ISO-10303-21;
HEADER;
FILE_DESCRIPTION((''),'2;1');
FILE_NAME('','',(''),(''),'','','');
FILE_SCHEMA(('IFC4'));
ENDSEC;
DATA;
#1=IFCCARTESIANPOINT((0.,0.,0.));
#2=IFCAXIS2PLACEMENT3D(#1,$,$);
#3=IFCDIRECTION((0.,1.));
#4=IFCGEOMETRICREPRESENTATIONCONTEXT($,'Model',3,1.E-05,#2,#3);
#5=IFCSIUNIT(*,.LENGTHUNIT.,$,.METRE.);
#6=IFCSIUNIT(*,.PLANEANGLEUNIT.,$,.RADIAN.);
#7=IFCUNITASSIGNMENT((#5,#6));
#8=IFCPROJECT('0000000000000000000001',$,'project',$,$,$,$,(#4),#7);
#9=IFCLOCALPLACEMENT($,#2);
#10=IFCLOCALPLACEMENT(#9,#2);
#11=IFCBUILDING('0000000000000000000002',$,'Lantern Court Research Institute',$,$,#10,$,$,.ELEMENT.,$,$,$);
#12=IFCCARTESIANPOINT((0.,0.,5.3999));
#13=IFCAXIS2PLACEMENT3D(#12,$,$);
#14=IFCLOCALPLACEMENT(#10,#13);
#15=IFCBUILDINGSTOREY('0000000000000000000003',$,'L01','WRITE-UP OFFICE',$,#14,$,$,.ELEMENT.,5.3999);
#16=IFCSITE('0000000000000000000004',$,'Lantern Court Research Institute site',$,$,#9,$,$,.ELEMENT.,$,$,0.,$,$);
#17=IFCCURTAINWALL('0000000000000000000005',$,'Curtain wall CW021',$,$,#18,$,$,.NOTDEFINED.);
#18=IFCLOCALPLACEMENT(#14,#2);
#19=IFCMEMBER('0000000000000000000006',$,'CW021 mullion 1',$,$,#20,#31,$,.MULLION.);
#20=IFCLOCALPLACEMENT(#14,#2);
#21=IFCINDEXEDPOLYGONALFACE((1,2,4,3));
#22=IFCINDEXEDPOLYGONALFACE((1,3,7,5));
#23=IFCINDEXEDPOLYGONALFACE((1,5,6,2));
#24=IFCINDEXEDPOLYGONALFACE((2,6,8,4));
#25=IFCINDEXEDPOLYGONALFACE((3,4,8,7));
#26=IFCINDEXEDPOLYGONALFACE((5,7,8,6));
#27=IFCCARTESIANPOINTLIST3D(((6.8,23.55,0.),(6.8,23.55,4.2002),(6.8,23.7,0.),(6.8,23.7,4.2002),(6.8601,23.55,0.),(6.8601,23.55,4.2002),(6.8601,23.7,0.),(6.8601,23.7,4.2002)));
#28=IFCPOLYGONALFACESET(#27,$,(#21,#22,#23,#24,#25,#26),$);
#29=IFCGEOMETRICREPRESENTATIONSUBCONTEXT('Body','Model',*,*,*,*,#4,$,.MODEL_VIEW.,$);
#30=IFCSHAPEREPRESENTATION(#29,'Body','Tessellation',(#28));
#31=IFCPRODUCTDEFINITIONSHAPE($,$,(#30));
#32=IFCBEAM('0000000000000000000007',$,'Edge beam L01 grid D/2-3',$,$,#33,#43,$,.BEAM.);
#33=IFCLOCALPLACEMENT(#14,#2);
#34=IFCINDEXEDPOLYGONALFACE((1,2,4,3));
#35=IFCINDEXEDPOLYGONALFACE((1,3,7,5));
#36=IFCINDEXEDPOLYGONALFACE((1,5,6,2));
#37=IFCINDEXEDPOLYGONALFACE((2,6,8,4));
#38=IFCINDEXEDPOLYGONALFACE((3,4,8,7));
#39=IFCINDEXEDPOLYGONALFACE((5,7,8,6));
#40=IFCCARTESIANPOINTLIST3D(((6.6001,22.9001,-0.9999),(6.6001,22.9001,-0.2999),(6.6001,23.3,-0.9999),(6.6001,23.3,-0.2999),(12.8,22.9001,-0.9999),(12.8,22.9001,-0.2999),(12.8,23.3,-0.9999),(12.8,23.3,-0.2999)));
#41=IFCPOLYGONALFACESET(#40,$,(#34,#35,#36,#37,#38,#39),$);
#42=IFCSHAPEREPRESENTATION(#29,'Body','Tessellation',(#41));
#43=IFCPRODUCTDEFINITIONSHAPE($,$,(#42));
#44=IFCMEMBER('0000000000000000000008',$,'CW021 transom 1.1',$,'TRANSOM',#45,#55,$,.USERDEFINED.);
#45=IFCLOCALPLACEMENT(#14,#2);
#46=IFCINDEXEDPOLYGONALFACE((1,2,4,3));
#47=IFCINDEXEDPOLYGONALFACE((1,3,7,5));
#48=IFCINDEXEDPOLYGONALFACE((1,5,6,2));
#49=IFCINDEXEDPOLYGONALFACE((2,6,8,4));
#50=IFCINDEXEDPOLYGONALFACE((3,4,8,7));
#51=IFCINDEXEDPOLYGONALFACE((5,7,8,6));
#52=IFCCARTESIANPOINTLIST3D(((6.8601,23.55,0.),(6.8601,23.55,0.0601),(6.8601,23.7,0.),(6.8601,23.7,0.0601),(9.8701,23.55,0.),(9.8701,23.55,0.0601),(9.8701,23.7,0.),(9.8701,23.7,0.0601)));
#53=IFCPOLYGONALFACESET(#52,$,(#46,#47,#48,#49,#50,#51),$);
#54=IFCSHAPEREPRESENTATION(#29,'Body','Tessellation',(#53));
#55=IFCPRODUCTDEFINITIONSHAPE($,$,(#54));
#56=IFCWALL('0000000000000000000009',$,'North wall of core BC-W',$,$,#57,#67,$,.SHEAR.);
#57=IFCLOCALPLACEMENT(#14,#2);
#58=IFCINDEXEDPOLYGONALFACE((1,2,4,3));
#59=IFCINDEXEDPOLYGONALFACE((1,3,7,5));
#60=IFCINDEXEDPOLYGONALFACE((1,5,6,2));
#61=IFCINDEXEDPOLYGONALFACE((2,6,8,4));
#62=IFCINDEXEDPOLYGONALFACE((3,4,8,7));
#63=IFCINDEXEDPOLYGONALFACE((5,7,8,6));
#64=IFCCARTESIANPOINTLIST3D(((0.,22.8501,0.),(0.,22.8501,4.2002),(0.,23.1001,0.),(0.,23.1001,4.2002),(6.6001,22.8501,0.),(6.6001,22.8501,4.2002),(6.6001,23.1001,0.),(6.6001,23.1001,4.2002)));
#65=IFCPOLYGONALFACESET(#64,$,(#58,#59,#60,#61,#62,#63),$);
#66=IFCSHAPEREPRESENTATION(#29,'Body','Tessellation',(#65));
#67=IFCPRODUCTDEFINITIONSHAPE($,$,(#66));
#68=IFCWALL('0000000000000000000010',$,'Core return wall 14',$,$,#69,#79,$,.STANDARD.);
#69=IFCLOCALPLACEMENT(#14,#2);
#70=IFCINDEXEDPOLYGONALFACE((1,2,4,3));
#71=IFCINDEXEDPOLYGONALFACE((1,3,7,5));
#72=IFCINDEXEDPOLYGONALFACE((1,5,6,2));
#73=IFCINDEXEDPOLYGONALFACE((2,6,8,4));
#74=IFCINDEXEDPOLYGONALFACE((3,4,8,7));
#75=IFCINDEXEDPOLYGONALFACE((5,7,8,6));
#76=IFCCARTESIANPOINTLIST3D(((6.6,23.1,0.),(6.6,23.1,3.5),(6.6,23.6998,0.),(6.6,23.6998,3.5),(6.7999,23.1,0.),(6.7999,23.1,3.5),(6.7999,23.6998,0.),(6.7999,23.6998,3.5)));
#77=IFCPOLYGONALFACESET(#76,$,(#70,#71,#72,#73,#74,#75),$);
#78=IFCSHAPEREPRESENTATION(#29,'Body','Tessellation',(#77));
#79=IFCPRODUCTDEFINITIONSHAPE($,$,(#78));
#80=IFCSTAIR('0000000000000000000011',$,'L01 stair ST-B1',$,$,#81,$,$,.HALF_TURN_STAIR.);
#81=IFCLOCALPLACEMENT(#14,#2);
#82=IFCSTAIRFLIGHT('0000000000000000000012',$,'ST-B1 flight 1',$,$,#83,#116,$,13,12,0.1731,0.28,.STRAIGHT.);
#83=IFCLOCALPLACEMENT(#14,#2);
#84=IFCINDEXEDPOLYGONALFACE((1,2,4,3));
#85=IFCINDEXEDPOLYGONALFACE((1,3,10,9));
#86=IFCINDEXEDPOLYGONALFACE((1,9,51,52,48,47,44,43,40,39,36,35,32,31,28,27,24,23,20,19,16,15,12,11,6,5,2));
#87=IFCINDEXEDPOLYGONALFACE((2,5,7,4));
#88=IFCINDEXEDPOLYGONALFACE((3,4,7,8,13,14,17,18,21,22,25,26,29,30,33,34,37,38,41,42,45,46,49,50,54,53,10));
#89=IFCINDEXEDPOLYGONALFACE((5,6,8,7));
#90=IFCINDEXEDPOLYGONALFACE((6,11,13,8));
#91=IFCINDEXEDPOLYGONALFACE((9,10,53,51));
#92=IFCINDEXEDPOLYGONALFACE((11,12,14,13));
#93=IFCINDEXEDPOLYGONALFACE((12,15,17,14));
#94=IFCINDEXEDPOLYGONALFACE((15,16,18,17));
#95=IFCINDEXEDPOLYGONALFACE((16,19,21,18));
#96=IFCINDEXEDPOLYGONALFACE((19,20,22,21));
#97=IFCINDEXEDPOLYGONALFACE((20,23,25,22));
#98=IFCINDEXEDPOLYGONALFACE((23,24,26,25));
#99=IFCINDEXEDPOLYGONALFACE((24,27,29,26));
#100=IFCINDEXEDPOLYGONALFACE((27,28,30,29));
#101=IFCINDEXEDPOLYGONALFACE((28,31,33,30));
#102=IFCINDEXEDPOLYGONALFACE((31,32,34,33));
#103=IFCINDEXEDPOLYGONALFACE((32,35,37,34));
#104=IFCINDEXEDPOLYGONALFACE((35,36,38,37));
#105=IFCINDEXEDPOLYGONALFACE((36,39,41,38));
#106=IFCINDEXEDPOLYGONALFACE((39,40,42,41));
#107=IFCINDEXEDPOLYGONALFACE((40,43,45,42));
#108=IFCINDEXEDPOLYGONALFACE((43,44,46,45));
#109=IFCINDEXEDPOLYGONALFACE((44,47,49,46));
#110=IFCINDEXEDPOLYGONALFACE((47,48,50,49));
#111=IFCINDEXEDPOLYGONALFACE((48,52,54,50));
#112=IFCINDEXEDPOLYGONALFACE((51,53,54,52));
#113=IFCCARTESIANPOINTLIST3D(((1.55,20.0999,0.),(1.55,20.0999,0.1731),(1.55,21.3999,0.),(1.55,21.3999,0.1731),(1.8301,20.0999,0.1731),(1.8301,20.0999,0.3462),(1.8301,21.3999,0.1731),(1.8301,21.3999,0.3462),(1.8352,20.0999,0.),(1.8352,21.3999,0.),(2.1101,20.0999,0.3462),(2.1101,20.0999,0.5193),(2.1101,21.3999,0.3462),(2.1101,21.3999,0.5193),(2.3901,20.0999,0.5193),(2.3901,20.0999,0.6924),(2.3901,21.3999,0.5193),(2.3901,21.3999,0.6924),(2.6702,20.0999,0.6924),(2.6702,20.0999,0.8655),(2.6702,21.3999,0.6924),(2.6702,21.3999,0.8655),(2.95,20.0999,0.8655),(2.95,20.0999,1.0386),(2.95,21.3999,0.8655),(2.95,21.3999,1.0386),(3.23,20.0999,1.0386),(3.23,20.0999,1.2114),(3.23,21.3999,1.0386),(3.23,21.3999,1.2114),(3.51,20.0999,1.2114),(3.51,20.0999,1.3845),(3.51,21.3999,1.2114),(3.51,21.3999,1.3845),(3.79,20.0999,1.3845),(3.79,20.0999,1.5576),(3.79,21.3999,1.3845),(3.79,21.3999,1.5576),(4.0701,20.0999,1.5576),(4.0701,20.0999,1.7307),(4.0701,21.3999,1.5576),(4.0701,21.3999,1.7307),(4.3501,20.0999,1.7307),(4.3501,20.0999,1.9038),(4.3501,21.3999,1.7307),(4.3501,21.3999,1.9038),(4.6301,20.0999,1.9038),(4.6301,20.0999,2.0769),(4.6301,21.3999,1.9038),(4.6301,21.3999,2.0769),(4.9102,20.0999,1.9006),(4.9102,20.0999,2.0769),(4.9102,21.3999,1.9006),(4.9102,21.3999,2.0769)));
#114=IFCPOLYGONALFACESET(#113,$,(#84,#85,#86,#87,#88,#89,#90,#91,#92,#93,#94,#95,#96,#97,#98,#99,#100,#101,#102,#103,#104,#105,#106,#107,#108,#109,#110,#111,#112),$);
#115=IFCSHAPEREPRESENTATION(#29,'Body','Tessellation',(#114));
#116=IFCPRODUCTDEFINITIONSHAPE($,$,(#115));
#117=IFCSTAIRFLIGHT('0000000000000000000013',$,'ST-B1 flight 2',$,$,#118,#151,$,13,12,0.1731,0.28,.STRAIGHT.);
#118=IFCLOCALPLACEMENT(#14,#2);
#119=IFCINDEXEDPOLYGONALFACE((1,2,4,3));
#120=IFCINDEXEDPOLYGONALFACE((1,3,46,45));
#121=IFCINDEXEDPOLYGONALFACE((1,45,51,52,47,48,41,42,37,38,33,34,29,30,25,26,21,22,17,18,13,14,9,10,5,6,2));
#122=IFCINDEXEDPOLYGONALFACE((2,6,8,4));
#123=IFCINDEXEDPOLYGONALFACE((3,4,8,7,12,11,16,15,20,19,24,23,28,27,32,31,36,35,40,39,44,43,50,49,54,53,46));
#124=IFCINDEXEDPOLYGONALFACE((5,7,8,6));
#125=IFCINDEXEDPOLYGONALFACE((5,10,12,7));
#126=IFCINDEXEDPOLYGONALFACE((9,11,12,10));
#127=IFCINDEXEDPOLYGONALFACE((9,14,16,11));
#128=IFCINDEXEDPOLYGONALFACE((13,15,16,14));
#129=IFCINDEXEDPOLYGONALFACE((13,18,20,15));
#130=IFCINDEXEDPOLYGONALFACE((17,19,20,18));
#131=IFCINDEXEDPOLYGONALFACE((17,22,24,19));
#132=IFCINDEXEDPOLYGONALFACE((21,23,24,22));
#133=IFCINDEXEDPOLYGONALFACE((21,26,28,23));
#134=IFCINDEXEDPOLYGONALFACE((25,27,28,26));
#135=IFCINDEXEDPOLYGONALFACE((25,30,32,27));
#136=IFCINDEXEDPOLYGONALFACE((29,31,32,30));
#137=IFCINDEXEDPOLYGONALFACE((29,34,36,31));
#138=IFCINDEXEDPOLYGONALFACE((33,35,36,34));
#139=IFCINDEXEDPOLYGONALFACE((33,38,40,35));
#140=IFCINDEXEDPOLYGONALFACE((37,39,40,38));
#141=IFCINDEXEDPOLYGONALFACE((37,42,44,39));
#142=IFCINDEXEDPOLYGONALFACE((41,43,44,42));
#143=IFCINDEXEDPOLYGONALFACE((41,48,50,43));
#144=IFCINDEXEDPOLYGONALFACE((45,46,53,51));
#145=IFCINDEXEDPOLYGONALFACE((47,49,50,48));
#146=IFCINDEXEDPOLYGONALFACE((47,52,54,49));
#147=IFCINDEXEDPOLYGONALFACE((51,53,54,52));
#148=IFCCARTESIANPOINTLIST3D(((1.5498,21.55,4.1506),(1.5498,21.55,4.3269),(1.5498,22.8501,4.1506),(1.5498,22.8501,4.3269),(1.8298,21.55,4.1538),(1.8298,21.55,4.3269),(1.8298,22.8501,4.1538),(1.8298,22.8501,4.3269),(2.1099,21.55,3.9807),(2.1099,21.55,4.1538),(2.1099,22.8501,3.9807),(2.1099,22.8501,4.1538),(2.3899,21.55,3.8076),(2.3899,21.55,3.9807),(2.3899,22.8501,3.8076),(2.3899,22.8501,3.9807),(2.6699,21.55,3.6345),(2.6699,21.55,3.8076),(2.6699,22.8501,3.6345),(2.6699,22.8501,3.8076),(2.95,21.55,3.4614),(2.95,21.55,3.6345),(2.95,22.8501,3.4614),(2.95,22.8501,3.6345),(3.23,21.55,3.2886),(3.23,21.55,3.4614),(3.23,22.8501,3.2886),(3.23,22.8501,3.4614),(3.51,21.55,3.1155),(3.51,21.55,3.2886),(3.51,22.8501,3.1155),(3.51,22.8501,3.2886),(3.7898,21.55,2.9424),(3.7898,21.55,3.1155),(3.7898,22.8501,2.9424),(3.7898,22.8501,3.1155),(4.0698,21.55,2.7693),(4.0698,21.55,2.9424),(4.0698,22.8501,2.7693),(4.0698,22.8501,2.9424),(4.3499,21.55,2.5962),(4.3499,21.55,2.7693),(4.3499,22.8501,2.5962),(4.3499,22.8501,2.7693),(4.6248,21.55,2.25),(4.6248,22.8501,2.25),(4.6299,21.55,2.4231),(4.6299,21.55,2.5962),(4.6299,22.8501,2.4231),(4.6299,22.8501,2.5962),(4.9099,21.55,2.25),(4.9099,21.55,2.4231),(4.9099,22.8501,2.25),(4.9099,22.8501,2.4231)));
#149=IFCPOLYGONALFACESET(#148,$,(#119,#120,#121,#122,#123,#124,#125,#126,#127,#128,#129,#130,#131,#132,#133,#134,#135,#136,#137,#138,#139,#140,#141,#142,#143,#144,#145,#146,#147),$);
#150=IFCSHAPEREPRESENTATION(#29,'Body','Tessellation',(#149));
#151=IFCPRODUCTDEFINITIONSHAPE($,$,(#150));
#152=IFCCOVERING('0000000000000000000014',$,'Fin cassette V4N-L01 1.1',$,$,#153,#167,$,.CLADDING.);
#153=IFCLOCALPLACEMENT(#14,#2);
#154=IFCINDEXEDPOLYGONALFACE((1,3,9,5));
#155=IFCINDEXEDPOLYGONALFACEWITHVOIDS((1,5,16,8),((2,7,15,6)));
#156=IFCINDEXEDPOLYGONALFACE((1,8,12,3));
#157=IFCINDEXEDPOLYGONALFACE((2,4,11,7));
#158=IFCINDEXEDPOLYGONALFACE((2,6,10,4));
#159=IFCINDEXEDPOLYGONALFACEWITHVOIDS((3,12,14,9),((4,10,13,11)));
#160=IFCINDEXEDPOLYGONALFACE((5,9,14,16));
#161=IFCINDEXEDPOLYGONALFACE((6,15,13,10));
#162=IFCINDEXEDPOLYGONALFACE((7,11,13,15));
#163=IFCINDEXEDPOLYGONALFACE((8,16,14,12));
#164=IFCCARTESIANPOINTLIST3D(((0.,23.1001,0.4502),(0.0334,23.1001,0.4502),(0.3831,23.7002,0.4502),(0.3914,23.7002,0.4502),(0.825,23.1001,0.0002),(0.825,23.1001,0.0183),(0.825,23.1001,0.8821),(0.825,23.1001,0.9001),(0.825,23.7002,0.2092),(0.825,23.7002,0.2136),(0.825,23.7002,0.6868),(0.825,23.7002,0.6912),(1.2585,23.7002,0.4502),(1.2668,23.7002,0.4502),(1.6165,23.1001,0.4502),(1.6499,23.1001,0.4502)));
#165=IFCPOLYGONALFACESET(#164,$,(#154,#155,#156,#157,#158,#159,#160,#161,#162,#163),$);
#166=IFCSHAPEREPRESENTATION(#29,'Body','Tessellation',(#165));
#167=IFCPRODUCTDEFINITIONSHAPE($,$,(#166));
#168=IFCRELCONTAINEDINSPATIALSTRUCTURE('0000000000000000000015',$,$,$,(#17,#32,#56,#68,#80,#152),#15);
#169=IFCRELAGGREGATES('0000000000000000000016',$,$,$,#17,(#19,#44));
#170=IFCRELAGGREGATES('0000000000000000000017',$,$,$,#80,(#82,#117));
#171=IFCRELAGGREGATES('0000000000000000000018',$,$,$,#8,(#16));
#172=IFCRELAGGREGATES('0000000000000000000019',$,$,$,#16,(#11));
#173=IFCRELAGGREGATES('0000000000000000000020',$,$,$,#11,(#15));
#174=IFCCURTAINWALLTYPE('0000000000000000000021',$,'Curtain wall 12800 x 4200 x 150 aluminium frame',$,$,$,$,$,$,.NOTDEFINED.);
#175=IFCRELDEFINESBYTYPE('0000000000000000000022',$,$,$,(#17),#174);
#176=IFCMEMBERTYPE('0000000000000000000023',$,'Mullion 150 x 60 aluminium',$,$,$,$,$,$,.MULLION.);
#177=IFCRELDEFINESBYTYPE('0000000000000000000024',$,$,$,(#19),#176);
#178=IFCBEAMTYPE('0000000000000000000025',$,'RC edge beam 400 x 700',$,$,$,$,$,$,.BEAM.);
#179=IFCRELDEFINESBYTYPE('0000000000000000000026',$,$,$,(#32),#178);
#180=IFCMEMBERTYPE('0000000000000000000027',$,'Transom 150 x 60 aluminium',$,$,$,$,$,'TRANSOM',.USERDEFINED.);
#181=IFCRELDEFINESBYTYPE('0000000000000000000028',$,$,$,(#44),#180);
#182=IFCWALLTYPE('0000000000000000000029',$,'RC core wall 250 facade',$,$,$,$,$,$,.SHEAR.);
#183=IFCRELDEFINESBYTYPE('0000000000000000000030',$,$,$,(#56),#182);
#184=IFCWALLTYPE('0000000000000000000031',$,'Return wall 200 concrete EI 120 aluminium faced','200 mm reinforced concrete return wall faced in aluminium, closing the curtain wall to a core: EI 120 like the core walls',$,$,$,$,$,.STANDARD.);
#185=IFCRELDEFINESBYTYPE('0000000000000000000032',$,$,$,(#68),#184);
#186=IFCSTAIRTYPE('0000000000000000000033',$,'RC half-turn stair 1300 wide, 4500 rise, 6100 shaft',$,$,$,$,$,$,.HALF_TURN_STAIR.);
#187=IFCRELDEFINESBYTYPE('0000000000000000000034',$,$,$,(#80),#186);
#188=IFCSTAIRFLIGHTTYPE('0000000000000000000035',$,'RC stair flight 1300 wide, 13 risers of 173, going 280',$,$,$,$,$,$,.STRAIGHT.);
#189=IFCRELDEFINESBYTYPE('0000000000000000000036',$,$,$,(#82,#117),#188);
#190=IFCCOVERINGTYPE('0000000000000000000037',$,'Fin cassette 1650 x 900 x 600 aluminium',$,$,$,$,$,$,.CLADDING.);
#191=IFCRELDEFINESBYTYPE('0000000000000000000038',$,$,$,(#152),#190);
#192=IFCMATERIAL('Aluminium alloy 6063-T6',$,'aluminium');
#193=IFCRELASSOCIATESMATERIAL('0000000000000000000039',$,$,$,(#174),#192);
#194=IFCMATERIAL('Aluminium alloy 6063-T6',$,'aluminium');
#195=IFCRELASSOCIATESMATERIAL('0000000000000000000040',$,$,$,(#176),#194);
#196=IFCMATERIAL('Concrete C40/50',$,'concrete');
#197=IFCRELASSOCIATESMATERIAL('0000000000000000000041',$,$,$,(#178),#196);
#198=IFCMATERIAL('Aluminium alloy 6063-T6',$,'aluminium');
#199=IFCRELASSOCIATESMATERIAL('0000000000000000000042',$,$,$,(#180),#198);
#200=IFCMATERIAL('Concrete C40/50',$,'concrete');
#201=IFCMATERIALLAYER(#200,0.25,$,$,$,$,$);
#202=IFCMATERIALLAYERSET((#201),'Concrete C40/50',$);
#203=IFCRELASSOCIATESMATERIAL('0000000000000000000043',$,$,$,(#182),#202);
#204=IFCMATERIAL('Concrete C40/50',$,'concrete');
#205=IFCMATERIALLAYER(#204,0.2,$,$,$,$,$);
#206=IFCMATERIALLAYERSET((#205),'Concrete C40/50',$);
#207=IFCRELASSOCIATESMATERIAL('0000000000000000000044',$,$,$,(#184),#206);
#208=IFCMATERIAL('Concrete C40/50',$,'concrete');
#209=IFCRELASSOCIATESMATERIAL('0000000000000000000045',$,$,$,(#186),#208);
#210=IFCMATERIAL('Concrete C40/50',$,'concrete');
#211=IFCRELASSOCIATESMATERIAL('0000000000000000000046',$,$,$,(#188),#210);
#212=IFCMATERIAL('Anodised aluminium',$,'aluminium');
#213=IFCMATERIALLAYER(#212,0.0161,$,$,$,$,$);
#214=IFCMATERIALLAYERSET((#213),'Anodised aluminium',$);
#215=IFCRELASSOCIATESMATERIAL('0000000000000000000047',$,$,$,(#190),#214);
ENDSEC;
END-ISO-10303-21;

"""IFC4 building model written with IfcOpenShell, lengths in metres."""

from ifc_helpers import new_model, entity, si_unit, direction, frame, frame_2d, origin, origin_2d, place, context, subcontext, project, spatial, polyline, rectangle, outline, extrude, material, layer, layer_set, material_profile, profile_set, type_object, element, aggregate, save


model = new_model("IFC4")

# Units and contexts
model_context = context("Model", 3, precision=1e-05, world=origin(), true_north=direction((0.0, 1.0)))
body_context = subcontext(model_context, "Body", "Model", "MODEL_VIEW")
ifc_project = project(units=[si_unit("LENGTHUNIT", "METRE"), si_unit("PLANEANGLEUNIT", "RADIAN")], contexts=[model_context])

# Site, building, storey
site_placement = place(None, origin())
site = spatial("IfcSite", under=ifc_project, at=site_placement, Name="Lantern Court Research Institute site", CompositionType="ELEMENT", RefElevation=0.0)
building_placement = place(site_placement, origin())
building = spatial("IfcBuilding", under=site, at=building_placement, Name="Lantern Court Research Institute", CompositionType="ELEMENT")
storey_placement = place(building_placement, frame((0.0, 0.0, 5.3999)))
storey = spatial("IfcBuildingStorey", under=building, at=storey_placement, Name="L01", Description="WRITE-UP OFFICE", CompositionType="ELEMENT", Elevation=5.3999)

# Curtain wall, member
ifc_material_1 = material(Name="Aluminium alloy 6063-T6", Category="aluminium")
curtain_wall_type = type_object("IfcCurtainWallType", Name="Curtain wall 12800 x 4200 x 150 aluminium frame", PredefinedType="NOTDEFINED", material=ifc_material_1)
curtain_wall_placement = place(storey_placement, origin())
curtain_wall = element("IfcCurtainWall", 1, at=curtain_wall_placement, inside=storey, type_object=curtain_wall_type, Name="Curtain wall CW021", PredefinedType="NOTDEFINED")
ifc_material_2 = material(Name="Aluminium alloy 6063-T6", Category="aluminium")
ifc_material_profile_1 = material_profile(ifc_material_2, rectangle(XDim=0.1499, YDim=0.0601, at=origin_2d()), Name="Mullion 150 x 60")
ifc_profile_set_1 = profile_set([ifc_material_profile_1], Name="Aluminium alloy 6063-T6")
member_type_1 = type_object("IfcMemberType", Name="Mullion 150 x 60 aluminium", PredefinedType="MULLION", material=ifc_profile_set_1)
member_1_placement = place(storey_placement, frame((6.8301, 23.625, 0.0), z_axis=(0.0, 0.0, 1.0), x_axis=(0.0, 1.0, 0.0)))
member_1 = element("IfcMember", 2, at=member_1_placement, type_object=member_type_1, Name="CW021 mullion 1", PredefinedType="MULLION", context=body_context, shape_type="SweptSolid", body=[
    extrude(rectangle(XDim=0.1499, YDim=0.0601, at=origin_2d()), origin(), (0.0, 0.0, 1.0), 4.2002),
])

# Beam
ifc_material_3 = material(Name="Concrete C40/50", Category="concrete")
ifc_material_profile_2 = material_profile(ifc_material_3, rectangle(XDim=0.3999, YDim=0.7, at=origin_2d()), Name="RC beam 400 x 700")
ifc_profile_set_2 = profile_set([ifc_material_profile_2], Name="Concrete C40/50")
beam_type = type_object("IfcBeamType", Name="RC edge beam 400 x 700", PredefinedType="BEAM", material=ifc_profile_set_2)
beam_placement = place(storey_placement, frame((6.6001, 23.1001, -0.6499), z_axis=(1.0, 0.0, 0.0), x_axis=(0.0, 1.0, 0.0)))
element("IfcBeam", 3, at=beam_placement, inside=storey, type_object=beam_type, Name="Edge beam L01 grid D/2-3", PredefinedType="BEAM", context=body_context, shape_type="SweptSolid", body=[
    extrude(rectangle(XDim=0.3999, YDim=0.7, at=origin_2d()), origin(), (0.0, 0.0, 1.0), 6.2),
])

# Member
ifc_material_4 = material(Name="Aluminium alloy 6063-T6", Category="aluminium")
ifc_material_profile_3 = material_profile(ifc_material_4, rectangle(XDim=0.1499, YDim=0.0601, at=origin_2d()), Name="Transom 150 x 60")
ifc_profile_set_3 = profile_set([ifc_material_profile_3], Name="Aluminium alloy 6063-T6")
member_type_2 = type_object("IfcMemberType", Name="Transom 150 x 60 aluminium", ElementType="TRANSOM", PredefinedType="USERDEFINED", material=ifc_profile_set_3)
member_2_placement = place(storey_placement, frame((6.8601, 23.625, 0.03), z_axis=(1.0, 0.0, 0.0), x_axis=(0.0, 1.0, 0.0)))
member_2 = element("IfcMember", 4, at=member_2_placement, type_object=member_type_2, Name="CW021 transom 1.1", ObjectType="TRANSOM", PredefinedType="USERDEFINED", context=body_context, shape_type="SweptSolid", body=[
    extrude(rectangle(XDim=0.1499, YDim=0.0601, at=origin_2d()), origin(), (0.0, 0.0, 1.0), 3.01),
])
aggregate(curtain_wall, [member_1, member_2])

# Walls
ifc_material_5 = material(Name="Concrete C40/50", Category="concrete")
ifc_layer_1 = layer(ifc_material_5, 0.25)
ifc_layer_set_1 = layer_set([ifc_layer_1], Name="Concrete C40/50")
wall_type_1 = type_object("IfcWallType", Name="RC core wall 250 facade", PredefinedType="SHEAR", material=ifc_layer_set_1)
wall_1_placement = place(storey_placement, frame((0.0, 22.9751, 0.0), z_axis=(0.0, 0.0, 1.0), x_axis=(1.0, 0.0, 0.0)))
element("IfcWall", 5, at=wall_1_placement, inside=storey, type_object=wall_type_1, Name="North wall of core BC-W", PredefinedType="SHEAR", context=body_context, shape_type="SweptSolid", body=[
    extrude(rectangle(XDim=6.6001, YDim=0.25, at=frame_2d((3.3, 0.0))), origin(), (0.0, 0.0, 1.0), 4.2002),
])
ifc_material_6 = material(Name="Concrete C40/50", Category="concrete")
ifc_layer_2 = layer(ifc_material_6, 0.2)
ifc_layer_set_2 = layer_set([ifc_layer_2], Name="Concrete C40/50")
wall_type_2 = type_object("IfcWallType", Name="Return wall 200 concrete EI 120 aluminium faced", Description="200 mm reinforced concrete return wall faced in aluminium, closing the curtain wall to a core: EI 120 like the core walls", PredefinedType="STANDARD", material=ifc_layer_set_2)
wall_2_placement = place(storey_placement, frame((6.7, 23.1001, 0.0), z_axis=(0.0, 0.0, 1.0), x_axis=(0.0, 1.0, 0.0)))
element("IfcWall", 6, at=wall_2_placement, inside=storey, type_object=wall_type_2, Name="Core return wall 14", PredefinedType="STANDARD", context=body_context, shape_type="SweptSolid", body=[
    extrude(rectangle(XDim=0.5999, YDim=0.2, at=frame_2d((0.2998, 0.0))), origin(), (0.0, 0.0, 1.0), 3.5),
])

# Stair, stair flights
ifc_material_7 = material(Name="Concrete C40/50", Category="concrete")
stair_type = type_object("IfcStairType", Name="RC half-turn stair 1300 wide, 4500 rise, 6100 shaft", PredefinedType="HALF_TURN_STAIR", material=ifc_material_7)
stair_placement = place(storey_placement, origin())
stair = element("IfcStair", 7, at=stair_placement, inside=storey, type_object=stair_type, Name="L01 stair ST-B1", PredefinedType="HALF_TURN_STAIR")
ifc_material_8 = material(Name="Concrete C40/50", Category="concrete")
stair_flight_type = type_object("IfcStairFlightType", Name="RC stair flight 1300 wide, 13 risers of 173, going 280", PredefinedType="STRAIGHT", material=ifc_material_8)
stair_flight_1_placement = place(storey_placement, frame((1.55, 20.75, 0.0), z_axis=(0.0, 0.0, 1.0), x_axis=(1.0, 0.0, 0.0)))
stair_flight_1 = element("IfcStairFlight", 8, at=stair_flight_1_placement, type_object=stair_flight_type, Name="ST-B1 flight 1", NumberOfRisers=13, NumberOfTreads=12, PredefinedType="STRAIGHT", RiserHeight=0.1731, TreadLength=0.28, context=body_context, shape_type="SweptSolid", body=[
    extrude(outline(polyline([(0.0, 0.0), (0.0, 0.1731), (0.28, 0.1731), (0.28, 0.3462), (0.5601, 0.3462), (0.5601, 0.5193), (0.8401, 0.5193), (0.8401, 0.6924), (1.1201, 0.6924), (1.1201, 0.8655), (1.3999, 0.8655), (1.3999, 1.0386), (1.6799, 1.0386), (1.6799, 1.2114), (1.96, 1.2114), (1.96, 1.3845), (2.24, 1.3845), (2.24, 1.5576), (2.52, 1.5576), (2.52, 1.7307), (2.8, 1.7307), (2.8, 1.9038), (3.0801, 1.9038), (3.0801, 2.0769), (3.3601, 2.0769), (3.3601, 2.25), (3.3601, 1.9006), (0.2852, 0.0), (0.0, 0.0)])), frame((0.0, 0.6499, 0.0), z_axis=(0.0, -1.0, 0.0), x_axis=(1.0, 0.0, 0.0)), (0.0, 0.0, 1.0), 1.3),
])
stair_flight_2_placement = place(storey_placement, frame((4.9099, 22.2, 2.25), z_axis=(0.0, 0.0, 1.0), x_axis=(-1.0, 0.0, 0.0)))
stair_flight_2 = element("IfcStairFlight", 9, at=stair_flight_2_placement, type_object=stair_flight_type, Name="ST-B1 flight 2", NumberOfRisers=13, NumberOfTreads=12, PredefinedType="STRAIGHT", RiserHeight=0.1731, TreadLength=0.28, context=body_context, shape_type="SweptSolid", body=[
    extrude(outline(polyline([(0.0, 0.0), (0.0, 0.1731), (0.28, 0.1731), (0.28, 0.3462), (0.5601, 0.3462), (0.5601, 0.5193), (0.8401, 0.5193), (0.8401, 0.6924), (1.1201, 0.6924), (1.1201, 0.8655), (1.3999, 0.8655), (1.3999, 1.0386), (1.6799, 1.0386), (1.6799, 1.2114), (1.96, 1.2114), (1.96, 1.3845), (2.24, 1.3845), (2.24, 1.5576), (2.52, 1.5576), (2.52, 1.7307), (2.8, 1.7307), (2.8, 1.9038), (3.0801, 1.9038), (3.0801, 2.0769), (3.3601, 2.0769), (3.3601, 2.25), (3.3601, 1.9006), (0.2852, 0.0), (0.0, 0.0)])), frame((0.0, 0.6499, 0.0), z_axis=(0.0, -1.0, 0.0), x_axis=(1.0, 0.0, 0.0)), (0.0, 0.0, 1.0), 1.3),
])
aggregate(stair, [stair_flight_1, stair_flight_2])

# Covering
ifc_material_9 = material(Name="Anodised aluminium", Category="aluminium")
ifc_layer_3 = layer(ifc_material_9, 0.0161)
ifc_layer_set_3 = layer_set([ifc_layer_3], Name="Anodised aluminium")
covering_type = type_object("IfcCoveringType", Name="Fin cassette 1650 x 900 x 600 aluminium", PredefinedType="CLADDING", material=ifc_layer_set_3)
covering_1_placement = place(storey_placement, frame((0.825, 23.1001, 0.4502), z_axis=(0.0, 1.0, 0.0), x_axis=(-1.0, 0.0, 0.0)))
cartesian_point_1 = entity("IfcCartesianPoint", [0.825, 0.0])
cartesian_point_2 = entity("IfcCartesianPoint", [0.7915, 0.0])
cartesian_point_3 = entity("IfcCartesianPoint", [0.4419, 0.0])
cartesian_point_4 = entity("IfcCartesianPoint", [0.4336, 0.0])
element("IfcCovering", 10, at=covering_1_placement, inside=storey, type_object=covering_type, Name="Fin cassette V4N-L01 1.1", PredefinedType="CLADDING", context=body_context, shape_type="SweptSolid", body=[
    entity("IfcExtrudedAreaSolidTapered", entity("IfcArbitraryProfileDefWithVoids", "AREA", None, entity("IfcPolyline", [cartesian_point_1, entity("IfcCartesianPoint", [0.0, 0.45]), entity("IfcCartesianPoint", [-0.825, 0.0]), entity("IfcCartesianPoint", [0.0, -0.45]), cartesian_point_1]), [entity("IfcPolyline", [cartesian_point_2, entity("IfcCartesianPoint", [0.0, 0.4319]), entity("IfcCartesianPoint", [-0.7915, 0.0]), entity("IfcCartesianPoint", [0.0, -0.4319]), cartesian_point_2])]), entity("IfcAxis2Placement3D", entity("IfcCartesianPoint", [0.0, 0.0, 0.0])), entity("IfcDirection", [0.0, 0.0, 1.0]), 0.6001, entity("IfcArbitraryProfileDefWithVoids", "AREA", None, entity("IfcPolyline", [cartesian_point_3, entity("IfcCartesianPoint", [0.0, 0.241]), entity("IfcCartesianPoint", [-0.4419, 0.0]), entity("IfcCartesianPoint", [0.0, -0.241]), cartesian_point_3]), [entity("IfcPolyline", [cartesian_point_4, entity("IfcCartesianPoint", [0.0, 0.2366]), entity("IfcCartesianPoint", [-0.4336, 0.0]), entity("IfcCartesianPoint", [0.0, -0.2366]), cartesian_point_4])])),
])

save(model, "model.ifc")
